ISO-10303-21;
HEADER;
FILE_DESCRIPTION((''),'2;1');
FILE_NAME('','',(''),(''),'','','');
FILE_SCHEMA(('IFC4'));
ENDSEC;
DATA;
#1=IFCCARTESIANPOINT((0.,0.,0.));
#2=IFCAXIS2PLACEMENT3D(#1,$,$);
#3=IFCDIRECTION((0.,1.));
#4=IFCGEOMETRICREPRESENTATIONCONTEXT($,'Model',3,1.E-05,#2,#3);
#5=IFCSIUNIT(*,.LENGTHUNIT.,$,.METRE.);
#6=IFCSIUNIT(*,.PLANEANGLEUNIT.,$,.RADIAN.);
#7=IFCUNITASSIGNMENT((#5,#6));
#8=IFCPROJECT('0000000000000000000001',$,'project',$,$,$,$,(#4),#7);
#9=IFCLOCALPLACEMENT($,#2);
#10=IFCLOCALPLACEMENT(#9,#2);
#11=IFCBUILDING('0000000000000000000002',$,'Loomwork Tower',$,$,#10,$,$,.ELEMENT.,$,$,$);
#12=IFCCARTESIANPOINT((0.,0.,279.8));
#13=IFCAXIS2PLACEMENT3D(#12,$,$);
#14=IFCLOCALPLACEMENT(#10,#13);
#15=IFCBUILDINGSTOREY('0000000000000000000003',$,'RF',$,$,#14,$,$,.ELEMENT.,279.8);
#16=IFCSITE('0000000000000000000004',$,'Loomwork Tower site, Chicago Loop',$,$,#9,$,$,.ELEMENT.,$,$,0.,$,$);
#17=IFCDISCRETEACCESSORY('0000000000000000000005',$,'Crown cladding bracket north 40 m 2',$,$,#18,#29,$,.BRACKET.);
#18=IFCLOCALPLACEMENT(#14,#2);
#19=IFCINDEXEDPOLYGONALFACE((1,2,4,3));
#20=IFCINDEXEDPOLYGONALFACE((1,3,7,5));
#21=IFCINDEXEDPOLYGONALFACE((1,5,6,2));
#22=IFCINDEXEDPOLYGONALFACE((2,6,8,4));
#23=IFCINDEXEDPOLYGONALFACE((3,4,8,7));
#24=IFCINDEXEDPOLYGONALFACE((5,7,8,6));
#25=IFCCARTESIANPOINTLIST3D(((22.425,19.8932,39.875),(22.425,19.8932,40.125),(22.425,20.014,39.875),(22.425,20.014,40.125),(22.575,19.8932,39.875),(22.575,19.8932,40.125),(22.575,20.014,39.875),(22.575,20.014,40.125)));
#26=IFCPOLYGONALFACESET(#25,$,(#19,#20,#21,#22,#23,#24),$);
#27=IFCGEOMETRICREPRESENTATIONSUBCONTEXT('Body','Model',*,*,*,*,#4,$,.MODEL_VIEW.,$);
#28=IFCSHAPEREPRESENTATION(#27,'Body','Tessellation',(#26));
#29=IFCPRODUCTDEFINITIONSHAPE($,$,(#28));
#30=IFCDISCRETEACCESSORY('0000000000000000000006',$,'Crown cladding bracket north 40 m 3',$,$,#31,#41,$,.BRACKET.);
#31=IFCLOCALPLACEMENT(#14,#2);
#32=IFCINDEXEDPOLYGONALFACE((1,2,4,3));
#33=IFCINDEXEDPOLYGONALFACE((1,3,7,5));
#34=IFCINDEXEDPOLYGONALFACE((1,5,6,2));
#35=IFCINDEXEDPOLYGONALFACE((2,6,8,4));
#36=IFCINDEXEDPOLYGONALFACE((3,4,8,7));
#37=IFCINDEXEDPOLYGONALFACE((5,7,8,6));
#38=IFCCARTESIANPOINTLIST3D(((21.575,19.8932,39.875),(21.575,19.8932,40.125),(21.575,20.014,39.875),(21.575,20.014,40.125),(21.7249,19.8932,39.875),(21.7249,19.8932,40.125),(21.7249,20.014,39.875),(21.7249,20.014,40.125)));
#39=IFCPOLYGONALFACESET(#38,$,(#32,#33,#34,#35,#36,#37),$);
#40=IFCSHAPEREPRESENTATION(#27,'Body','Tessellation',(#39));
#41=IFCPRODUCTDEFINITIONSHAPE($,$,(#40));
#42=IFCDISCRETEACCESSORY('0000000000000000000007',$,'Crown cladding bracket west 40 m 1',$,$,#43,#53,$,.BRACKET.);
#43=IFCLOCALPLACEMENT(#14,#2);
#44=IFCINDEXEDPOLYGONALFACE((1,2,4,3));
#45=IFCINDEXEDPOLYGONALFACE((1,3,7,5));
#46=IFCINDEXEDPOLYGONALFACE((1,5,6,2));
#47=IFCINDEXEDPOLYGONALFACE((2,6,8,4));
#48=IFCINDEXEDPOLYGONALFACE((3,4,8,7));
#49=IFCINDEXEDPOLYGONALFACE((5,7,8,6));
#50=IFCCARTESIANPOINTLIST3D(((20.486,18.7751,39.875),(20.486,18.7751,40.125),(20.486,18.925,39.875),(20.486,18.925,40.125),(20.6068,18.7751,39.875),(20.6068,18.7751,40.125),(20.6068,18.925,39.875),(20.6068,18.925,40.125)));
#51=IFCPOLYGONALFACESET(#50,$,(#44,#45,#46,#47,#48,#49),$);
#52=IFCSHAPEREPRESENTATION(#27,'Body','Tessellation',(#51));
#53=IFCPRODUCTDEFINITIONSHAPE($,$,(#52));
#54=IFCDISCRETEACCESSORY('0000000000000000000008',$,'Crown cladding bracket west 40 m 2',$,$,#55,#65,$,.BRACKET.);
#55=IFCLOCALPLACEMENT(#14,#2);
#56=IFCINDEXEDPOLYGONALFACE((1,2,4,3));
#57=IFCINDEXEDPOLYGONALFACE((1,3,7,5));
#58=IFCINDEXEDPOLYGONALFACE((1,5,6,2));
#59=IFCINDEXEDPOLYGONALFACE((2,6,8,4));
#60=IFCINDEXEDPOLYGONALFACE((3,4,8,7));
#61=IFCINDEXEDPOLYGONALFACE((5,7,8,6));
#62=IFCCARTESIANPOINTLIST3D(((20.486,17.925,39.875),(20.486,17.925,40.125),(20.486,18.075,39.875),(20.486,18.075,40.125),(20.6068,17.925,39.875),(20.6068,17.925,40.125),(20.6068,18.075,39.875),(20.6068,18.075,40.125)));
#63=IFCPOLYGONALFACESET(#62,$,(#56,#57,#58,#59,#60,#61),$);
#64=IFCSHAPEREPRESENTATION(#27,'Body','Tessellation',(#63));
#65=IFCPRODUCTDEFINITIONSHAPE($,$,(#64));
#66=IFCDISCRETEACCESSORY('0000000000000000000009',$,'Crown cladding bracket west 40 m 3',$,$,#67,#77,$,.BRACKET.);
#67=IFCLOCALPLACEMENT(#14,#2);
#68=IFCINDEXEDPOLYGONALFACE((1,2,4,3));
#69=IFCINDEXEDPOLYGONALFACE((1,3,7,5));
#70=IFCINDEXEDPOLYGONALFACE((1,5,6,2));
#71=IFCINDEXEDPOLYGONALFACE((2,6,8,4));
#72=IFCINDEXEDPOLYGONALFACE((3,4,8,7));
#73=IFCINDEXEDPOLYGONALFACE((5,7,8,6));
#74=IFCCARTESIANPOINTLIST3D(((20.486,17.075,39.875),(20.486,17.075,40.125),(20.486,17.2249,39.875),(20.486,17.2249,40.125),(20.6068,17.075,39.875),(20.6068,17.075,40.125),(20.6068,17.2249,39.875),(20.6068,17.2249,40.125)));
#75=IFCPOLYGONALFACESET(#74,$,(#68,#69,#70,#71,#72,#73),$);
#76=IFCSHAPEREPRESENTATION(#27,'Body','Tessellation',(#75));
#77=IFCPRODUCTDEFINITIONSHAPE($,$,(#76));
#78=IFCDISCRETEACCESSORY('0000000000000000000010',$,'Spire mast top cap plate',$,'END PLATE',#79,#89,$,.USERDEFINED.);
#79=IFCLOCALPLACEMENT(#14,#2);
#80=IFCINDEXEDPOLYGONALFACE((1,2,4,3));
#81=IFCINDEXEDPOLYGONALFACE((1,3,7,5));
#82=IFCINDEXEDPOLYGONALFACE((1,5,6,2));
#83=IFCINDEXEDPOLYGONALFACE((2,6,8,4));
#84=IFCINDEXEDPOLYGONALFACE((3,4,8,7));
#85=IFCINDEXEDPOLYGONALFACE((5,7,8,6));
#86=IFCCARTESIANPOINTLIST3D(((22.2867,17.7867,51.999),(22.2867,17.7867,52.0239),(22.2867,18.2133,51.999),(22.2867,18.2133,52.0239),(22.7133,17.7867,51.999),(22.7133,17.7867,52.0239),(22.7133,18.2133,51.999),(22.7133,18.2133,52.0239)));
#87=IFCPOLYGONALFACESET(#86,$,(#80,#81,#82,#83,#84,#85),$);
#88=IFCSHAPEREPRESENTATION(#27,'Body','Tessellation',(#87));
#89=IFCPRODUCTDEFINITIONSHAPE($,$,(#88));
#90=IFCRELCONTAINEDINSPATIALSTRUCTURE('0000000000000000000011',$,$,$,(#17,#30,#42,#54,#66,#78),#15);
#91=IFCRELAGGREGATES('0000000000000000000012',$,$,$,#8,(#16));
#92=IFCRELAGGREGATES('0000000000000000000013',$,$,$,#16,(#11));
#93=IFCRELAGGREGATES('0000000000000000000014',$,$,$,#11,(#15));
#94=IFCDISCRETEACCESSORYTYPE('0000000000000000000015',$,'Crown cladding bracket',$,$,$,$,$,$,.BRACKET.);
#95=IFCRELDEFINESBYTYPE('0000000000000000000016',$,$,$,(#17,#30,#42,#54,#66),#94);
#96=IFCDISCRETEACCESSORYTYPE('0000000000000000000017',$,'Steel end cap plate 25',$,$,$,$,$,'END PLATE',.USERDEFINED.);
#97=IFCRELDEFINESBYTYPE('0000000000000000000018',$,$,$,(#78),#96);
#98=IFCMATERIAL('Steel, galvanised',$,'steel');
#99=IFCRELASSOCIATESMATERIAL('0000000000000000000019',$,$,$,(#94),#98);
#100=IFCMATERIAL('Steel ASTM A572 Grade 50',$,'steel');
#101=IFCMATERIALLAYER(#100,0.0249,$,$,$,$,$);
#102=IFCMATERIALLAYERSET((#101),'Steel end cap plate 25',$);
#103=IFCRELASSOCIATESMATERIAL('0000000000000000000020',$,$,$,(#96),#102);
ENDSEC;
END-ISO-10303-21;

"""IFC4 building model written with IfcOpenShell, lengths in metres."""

from ifc_helpers import new_model, si_unit, direction, frame, origin, origin_2d, place, context, subcontext, project, spatial, rectangle, extrude, material, layer, layer_set, type_object, element, save


model = new_model("IFC4")

# Units and contexts
model_context = context("Model", 3, precision=1e-05, world=origin(), true_north=direction((0.0, 1.0)))
body_context = subcontext(model_context, "Body", "Model", "MODEL_VIEW")
ifc_project = project(units=[si_unit("LENGTHUNIT", "METRE"), si_unit("PLANEANGLEUNIT", "RADIAN")], contexts=[model_context])

# Site, building, storey
site_placement = place(None, origin())
site = spatial("IfcSite", under=ifc_project, at=site_placement, Name="Loomwork Tower site, Chicago Loop", CompositionType="ELEMENT", RefElevation=0.0)
building_placement = place(site_placement, origin())
building = spatial("IfcBuilding", under=site, at=building_placement, Name="Loomwork Tower", CompositionType="ELEMENT")
storey_placement = place(building_placement, frame((0.0, 0.0, 279.8)))
storey = spatial("IfcBuildingStorey", under=building, at=storey_placement, Name="RF", CompositionType="ELEMENT", Elevation=279.8)

# Discrete accessories
ifc_material_1 = material(Name="Steel, galvanised", Category="steel")
discrete_accessory_type_1 = type_object("IfcDiscreteAccessoryType", Name="Crown cladding bracket", PredefinedType="BRACKET", material=ifc_material_1)
for number, where, z_axis, x_axis, name in (
    (1, (22.5, 19.9536, 39.875), (0.0, 0.0, 1.0), (1.0, 0.0, 0.0), "Crown cladding bracket north 40 m 2"),
    (2, (21.6499, 19.9536, 39.875), (0.0, 0.0, 1.0), (1.0, 0.0, 0.0), "Crown cladding bracket north 40 m 3"),
):
    element("IfcDiscreteAccessory", number, at=place(storey_placement, frame(where, z_axis=z_axis, x_axis=x_axis)), inside=storey, type_object=discrete_accessory_type_1, Name=name, PredefinedType="BRACKET", context=body_context, shape_type="SweptSolid", body=[
        extrude(rectangle(XDim=0.1499, YDim=0.1208, at=origin_2d()), origin(), (0.0, 0.0, 1.0), 0.25),
    ])
for number, where, z_axis, x_axis, name in (
    (3, (20.5464, 18.8501, 39.875), (0.0, 0.0, 1.0), (1.0, 0.0, 0.0), "Crown cladding bracket west 40 m 1"),
    (4, (20.5464, 18.0, 39.875), (0.0, 0.0, 1.0), (1.0, 0.0, 0.0), "Crown cladding bracket west 40 m 2"),
    (5, (20.5464, 17.1499, 39.875), (0.0, 0.0, 1.0), (1.0, 0.0, 0.0), "Crown cladding bracket west 40 m 3"),
):
    element("IfcDiscreteAccessory", number, at=place(storey_placement, frame(where, z_axis=z_axis, x_axis=x_axis)), inside=storey, type_object=discrete_accessory_type_1, Name=name, PredefinedType="BRACKET", context=body_context, shape_type="SweptSolid", body=[
        extrude(rectangle(XDim=0.1208, YDim=0.1499, at=origin_2d()), origin(), (0.0, 0.0, 1.0), 0.25),
    ])
ifc_material_2 = material(Name="Steel ASTM A572 Grade 50", Category="steel")
ifc_layer_1 = layer(ifc_material_2, 0.0249)
ifc_layer_set_1 = layer_set([ifc_layer_1], Name="Steel end cap plate 25")
discrete_accessory_type_2 = type_object("IfcDiscreteAccessoryType", Name="Steel end cap plate 25", ElementType="END PLATE", PredefinedType="USERDEFINED", material=ifc_layer_set_1)
discrete_accessory_placement = place(storey_placement, frame((22.5, 18.0, 51.999), z_axis=(0.0, 0.0, 1.0), x_axis=(1.0, 0.0, 0.0)))
element("IfcDiscreteAccessory", 6, at=discrete_accessory_placement, inside=storey, type_object=discrete_accessory_type_2, Name="Spire mast top cap plate", ObjectType="END PLATE", PredefinedType="USERDEFINED", context=body_context, shape_type="SweptSolid", body=[
    extrude(rectangle(XDim=0.4265, YDim=0.4265, at=origin_2d()), origin(), (0.0, 0.0, 1.0), 0.0249),
])

save(model, "model.ifc")
